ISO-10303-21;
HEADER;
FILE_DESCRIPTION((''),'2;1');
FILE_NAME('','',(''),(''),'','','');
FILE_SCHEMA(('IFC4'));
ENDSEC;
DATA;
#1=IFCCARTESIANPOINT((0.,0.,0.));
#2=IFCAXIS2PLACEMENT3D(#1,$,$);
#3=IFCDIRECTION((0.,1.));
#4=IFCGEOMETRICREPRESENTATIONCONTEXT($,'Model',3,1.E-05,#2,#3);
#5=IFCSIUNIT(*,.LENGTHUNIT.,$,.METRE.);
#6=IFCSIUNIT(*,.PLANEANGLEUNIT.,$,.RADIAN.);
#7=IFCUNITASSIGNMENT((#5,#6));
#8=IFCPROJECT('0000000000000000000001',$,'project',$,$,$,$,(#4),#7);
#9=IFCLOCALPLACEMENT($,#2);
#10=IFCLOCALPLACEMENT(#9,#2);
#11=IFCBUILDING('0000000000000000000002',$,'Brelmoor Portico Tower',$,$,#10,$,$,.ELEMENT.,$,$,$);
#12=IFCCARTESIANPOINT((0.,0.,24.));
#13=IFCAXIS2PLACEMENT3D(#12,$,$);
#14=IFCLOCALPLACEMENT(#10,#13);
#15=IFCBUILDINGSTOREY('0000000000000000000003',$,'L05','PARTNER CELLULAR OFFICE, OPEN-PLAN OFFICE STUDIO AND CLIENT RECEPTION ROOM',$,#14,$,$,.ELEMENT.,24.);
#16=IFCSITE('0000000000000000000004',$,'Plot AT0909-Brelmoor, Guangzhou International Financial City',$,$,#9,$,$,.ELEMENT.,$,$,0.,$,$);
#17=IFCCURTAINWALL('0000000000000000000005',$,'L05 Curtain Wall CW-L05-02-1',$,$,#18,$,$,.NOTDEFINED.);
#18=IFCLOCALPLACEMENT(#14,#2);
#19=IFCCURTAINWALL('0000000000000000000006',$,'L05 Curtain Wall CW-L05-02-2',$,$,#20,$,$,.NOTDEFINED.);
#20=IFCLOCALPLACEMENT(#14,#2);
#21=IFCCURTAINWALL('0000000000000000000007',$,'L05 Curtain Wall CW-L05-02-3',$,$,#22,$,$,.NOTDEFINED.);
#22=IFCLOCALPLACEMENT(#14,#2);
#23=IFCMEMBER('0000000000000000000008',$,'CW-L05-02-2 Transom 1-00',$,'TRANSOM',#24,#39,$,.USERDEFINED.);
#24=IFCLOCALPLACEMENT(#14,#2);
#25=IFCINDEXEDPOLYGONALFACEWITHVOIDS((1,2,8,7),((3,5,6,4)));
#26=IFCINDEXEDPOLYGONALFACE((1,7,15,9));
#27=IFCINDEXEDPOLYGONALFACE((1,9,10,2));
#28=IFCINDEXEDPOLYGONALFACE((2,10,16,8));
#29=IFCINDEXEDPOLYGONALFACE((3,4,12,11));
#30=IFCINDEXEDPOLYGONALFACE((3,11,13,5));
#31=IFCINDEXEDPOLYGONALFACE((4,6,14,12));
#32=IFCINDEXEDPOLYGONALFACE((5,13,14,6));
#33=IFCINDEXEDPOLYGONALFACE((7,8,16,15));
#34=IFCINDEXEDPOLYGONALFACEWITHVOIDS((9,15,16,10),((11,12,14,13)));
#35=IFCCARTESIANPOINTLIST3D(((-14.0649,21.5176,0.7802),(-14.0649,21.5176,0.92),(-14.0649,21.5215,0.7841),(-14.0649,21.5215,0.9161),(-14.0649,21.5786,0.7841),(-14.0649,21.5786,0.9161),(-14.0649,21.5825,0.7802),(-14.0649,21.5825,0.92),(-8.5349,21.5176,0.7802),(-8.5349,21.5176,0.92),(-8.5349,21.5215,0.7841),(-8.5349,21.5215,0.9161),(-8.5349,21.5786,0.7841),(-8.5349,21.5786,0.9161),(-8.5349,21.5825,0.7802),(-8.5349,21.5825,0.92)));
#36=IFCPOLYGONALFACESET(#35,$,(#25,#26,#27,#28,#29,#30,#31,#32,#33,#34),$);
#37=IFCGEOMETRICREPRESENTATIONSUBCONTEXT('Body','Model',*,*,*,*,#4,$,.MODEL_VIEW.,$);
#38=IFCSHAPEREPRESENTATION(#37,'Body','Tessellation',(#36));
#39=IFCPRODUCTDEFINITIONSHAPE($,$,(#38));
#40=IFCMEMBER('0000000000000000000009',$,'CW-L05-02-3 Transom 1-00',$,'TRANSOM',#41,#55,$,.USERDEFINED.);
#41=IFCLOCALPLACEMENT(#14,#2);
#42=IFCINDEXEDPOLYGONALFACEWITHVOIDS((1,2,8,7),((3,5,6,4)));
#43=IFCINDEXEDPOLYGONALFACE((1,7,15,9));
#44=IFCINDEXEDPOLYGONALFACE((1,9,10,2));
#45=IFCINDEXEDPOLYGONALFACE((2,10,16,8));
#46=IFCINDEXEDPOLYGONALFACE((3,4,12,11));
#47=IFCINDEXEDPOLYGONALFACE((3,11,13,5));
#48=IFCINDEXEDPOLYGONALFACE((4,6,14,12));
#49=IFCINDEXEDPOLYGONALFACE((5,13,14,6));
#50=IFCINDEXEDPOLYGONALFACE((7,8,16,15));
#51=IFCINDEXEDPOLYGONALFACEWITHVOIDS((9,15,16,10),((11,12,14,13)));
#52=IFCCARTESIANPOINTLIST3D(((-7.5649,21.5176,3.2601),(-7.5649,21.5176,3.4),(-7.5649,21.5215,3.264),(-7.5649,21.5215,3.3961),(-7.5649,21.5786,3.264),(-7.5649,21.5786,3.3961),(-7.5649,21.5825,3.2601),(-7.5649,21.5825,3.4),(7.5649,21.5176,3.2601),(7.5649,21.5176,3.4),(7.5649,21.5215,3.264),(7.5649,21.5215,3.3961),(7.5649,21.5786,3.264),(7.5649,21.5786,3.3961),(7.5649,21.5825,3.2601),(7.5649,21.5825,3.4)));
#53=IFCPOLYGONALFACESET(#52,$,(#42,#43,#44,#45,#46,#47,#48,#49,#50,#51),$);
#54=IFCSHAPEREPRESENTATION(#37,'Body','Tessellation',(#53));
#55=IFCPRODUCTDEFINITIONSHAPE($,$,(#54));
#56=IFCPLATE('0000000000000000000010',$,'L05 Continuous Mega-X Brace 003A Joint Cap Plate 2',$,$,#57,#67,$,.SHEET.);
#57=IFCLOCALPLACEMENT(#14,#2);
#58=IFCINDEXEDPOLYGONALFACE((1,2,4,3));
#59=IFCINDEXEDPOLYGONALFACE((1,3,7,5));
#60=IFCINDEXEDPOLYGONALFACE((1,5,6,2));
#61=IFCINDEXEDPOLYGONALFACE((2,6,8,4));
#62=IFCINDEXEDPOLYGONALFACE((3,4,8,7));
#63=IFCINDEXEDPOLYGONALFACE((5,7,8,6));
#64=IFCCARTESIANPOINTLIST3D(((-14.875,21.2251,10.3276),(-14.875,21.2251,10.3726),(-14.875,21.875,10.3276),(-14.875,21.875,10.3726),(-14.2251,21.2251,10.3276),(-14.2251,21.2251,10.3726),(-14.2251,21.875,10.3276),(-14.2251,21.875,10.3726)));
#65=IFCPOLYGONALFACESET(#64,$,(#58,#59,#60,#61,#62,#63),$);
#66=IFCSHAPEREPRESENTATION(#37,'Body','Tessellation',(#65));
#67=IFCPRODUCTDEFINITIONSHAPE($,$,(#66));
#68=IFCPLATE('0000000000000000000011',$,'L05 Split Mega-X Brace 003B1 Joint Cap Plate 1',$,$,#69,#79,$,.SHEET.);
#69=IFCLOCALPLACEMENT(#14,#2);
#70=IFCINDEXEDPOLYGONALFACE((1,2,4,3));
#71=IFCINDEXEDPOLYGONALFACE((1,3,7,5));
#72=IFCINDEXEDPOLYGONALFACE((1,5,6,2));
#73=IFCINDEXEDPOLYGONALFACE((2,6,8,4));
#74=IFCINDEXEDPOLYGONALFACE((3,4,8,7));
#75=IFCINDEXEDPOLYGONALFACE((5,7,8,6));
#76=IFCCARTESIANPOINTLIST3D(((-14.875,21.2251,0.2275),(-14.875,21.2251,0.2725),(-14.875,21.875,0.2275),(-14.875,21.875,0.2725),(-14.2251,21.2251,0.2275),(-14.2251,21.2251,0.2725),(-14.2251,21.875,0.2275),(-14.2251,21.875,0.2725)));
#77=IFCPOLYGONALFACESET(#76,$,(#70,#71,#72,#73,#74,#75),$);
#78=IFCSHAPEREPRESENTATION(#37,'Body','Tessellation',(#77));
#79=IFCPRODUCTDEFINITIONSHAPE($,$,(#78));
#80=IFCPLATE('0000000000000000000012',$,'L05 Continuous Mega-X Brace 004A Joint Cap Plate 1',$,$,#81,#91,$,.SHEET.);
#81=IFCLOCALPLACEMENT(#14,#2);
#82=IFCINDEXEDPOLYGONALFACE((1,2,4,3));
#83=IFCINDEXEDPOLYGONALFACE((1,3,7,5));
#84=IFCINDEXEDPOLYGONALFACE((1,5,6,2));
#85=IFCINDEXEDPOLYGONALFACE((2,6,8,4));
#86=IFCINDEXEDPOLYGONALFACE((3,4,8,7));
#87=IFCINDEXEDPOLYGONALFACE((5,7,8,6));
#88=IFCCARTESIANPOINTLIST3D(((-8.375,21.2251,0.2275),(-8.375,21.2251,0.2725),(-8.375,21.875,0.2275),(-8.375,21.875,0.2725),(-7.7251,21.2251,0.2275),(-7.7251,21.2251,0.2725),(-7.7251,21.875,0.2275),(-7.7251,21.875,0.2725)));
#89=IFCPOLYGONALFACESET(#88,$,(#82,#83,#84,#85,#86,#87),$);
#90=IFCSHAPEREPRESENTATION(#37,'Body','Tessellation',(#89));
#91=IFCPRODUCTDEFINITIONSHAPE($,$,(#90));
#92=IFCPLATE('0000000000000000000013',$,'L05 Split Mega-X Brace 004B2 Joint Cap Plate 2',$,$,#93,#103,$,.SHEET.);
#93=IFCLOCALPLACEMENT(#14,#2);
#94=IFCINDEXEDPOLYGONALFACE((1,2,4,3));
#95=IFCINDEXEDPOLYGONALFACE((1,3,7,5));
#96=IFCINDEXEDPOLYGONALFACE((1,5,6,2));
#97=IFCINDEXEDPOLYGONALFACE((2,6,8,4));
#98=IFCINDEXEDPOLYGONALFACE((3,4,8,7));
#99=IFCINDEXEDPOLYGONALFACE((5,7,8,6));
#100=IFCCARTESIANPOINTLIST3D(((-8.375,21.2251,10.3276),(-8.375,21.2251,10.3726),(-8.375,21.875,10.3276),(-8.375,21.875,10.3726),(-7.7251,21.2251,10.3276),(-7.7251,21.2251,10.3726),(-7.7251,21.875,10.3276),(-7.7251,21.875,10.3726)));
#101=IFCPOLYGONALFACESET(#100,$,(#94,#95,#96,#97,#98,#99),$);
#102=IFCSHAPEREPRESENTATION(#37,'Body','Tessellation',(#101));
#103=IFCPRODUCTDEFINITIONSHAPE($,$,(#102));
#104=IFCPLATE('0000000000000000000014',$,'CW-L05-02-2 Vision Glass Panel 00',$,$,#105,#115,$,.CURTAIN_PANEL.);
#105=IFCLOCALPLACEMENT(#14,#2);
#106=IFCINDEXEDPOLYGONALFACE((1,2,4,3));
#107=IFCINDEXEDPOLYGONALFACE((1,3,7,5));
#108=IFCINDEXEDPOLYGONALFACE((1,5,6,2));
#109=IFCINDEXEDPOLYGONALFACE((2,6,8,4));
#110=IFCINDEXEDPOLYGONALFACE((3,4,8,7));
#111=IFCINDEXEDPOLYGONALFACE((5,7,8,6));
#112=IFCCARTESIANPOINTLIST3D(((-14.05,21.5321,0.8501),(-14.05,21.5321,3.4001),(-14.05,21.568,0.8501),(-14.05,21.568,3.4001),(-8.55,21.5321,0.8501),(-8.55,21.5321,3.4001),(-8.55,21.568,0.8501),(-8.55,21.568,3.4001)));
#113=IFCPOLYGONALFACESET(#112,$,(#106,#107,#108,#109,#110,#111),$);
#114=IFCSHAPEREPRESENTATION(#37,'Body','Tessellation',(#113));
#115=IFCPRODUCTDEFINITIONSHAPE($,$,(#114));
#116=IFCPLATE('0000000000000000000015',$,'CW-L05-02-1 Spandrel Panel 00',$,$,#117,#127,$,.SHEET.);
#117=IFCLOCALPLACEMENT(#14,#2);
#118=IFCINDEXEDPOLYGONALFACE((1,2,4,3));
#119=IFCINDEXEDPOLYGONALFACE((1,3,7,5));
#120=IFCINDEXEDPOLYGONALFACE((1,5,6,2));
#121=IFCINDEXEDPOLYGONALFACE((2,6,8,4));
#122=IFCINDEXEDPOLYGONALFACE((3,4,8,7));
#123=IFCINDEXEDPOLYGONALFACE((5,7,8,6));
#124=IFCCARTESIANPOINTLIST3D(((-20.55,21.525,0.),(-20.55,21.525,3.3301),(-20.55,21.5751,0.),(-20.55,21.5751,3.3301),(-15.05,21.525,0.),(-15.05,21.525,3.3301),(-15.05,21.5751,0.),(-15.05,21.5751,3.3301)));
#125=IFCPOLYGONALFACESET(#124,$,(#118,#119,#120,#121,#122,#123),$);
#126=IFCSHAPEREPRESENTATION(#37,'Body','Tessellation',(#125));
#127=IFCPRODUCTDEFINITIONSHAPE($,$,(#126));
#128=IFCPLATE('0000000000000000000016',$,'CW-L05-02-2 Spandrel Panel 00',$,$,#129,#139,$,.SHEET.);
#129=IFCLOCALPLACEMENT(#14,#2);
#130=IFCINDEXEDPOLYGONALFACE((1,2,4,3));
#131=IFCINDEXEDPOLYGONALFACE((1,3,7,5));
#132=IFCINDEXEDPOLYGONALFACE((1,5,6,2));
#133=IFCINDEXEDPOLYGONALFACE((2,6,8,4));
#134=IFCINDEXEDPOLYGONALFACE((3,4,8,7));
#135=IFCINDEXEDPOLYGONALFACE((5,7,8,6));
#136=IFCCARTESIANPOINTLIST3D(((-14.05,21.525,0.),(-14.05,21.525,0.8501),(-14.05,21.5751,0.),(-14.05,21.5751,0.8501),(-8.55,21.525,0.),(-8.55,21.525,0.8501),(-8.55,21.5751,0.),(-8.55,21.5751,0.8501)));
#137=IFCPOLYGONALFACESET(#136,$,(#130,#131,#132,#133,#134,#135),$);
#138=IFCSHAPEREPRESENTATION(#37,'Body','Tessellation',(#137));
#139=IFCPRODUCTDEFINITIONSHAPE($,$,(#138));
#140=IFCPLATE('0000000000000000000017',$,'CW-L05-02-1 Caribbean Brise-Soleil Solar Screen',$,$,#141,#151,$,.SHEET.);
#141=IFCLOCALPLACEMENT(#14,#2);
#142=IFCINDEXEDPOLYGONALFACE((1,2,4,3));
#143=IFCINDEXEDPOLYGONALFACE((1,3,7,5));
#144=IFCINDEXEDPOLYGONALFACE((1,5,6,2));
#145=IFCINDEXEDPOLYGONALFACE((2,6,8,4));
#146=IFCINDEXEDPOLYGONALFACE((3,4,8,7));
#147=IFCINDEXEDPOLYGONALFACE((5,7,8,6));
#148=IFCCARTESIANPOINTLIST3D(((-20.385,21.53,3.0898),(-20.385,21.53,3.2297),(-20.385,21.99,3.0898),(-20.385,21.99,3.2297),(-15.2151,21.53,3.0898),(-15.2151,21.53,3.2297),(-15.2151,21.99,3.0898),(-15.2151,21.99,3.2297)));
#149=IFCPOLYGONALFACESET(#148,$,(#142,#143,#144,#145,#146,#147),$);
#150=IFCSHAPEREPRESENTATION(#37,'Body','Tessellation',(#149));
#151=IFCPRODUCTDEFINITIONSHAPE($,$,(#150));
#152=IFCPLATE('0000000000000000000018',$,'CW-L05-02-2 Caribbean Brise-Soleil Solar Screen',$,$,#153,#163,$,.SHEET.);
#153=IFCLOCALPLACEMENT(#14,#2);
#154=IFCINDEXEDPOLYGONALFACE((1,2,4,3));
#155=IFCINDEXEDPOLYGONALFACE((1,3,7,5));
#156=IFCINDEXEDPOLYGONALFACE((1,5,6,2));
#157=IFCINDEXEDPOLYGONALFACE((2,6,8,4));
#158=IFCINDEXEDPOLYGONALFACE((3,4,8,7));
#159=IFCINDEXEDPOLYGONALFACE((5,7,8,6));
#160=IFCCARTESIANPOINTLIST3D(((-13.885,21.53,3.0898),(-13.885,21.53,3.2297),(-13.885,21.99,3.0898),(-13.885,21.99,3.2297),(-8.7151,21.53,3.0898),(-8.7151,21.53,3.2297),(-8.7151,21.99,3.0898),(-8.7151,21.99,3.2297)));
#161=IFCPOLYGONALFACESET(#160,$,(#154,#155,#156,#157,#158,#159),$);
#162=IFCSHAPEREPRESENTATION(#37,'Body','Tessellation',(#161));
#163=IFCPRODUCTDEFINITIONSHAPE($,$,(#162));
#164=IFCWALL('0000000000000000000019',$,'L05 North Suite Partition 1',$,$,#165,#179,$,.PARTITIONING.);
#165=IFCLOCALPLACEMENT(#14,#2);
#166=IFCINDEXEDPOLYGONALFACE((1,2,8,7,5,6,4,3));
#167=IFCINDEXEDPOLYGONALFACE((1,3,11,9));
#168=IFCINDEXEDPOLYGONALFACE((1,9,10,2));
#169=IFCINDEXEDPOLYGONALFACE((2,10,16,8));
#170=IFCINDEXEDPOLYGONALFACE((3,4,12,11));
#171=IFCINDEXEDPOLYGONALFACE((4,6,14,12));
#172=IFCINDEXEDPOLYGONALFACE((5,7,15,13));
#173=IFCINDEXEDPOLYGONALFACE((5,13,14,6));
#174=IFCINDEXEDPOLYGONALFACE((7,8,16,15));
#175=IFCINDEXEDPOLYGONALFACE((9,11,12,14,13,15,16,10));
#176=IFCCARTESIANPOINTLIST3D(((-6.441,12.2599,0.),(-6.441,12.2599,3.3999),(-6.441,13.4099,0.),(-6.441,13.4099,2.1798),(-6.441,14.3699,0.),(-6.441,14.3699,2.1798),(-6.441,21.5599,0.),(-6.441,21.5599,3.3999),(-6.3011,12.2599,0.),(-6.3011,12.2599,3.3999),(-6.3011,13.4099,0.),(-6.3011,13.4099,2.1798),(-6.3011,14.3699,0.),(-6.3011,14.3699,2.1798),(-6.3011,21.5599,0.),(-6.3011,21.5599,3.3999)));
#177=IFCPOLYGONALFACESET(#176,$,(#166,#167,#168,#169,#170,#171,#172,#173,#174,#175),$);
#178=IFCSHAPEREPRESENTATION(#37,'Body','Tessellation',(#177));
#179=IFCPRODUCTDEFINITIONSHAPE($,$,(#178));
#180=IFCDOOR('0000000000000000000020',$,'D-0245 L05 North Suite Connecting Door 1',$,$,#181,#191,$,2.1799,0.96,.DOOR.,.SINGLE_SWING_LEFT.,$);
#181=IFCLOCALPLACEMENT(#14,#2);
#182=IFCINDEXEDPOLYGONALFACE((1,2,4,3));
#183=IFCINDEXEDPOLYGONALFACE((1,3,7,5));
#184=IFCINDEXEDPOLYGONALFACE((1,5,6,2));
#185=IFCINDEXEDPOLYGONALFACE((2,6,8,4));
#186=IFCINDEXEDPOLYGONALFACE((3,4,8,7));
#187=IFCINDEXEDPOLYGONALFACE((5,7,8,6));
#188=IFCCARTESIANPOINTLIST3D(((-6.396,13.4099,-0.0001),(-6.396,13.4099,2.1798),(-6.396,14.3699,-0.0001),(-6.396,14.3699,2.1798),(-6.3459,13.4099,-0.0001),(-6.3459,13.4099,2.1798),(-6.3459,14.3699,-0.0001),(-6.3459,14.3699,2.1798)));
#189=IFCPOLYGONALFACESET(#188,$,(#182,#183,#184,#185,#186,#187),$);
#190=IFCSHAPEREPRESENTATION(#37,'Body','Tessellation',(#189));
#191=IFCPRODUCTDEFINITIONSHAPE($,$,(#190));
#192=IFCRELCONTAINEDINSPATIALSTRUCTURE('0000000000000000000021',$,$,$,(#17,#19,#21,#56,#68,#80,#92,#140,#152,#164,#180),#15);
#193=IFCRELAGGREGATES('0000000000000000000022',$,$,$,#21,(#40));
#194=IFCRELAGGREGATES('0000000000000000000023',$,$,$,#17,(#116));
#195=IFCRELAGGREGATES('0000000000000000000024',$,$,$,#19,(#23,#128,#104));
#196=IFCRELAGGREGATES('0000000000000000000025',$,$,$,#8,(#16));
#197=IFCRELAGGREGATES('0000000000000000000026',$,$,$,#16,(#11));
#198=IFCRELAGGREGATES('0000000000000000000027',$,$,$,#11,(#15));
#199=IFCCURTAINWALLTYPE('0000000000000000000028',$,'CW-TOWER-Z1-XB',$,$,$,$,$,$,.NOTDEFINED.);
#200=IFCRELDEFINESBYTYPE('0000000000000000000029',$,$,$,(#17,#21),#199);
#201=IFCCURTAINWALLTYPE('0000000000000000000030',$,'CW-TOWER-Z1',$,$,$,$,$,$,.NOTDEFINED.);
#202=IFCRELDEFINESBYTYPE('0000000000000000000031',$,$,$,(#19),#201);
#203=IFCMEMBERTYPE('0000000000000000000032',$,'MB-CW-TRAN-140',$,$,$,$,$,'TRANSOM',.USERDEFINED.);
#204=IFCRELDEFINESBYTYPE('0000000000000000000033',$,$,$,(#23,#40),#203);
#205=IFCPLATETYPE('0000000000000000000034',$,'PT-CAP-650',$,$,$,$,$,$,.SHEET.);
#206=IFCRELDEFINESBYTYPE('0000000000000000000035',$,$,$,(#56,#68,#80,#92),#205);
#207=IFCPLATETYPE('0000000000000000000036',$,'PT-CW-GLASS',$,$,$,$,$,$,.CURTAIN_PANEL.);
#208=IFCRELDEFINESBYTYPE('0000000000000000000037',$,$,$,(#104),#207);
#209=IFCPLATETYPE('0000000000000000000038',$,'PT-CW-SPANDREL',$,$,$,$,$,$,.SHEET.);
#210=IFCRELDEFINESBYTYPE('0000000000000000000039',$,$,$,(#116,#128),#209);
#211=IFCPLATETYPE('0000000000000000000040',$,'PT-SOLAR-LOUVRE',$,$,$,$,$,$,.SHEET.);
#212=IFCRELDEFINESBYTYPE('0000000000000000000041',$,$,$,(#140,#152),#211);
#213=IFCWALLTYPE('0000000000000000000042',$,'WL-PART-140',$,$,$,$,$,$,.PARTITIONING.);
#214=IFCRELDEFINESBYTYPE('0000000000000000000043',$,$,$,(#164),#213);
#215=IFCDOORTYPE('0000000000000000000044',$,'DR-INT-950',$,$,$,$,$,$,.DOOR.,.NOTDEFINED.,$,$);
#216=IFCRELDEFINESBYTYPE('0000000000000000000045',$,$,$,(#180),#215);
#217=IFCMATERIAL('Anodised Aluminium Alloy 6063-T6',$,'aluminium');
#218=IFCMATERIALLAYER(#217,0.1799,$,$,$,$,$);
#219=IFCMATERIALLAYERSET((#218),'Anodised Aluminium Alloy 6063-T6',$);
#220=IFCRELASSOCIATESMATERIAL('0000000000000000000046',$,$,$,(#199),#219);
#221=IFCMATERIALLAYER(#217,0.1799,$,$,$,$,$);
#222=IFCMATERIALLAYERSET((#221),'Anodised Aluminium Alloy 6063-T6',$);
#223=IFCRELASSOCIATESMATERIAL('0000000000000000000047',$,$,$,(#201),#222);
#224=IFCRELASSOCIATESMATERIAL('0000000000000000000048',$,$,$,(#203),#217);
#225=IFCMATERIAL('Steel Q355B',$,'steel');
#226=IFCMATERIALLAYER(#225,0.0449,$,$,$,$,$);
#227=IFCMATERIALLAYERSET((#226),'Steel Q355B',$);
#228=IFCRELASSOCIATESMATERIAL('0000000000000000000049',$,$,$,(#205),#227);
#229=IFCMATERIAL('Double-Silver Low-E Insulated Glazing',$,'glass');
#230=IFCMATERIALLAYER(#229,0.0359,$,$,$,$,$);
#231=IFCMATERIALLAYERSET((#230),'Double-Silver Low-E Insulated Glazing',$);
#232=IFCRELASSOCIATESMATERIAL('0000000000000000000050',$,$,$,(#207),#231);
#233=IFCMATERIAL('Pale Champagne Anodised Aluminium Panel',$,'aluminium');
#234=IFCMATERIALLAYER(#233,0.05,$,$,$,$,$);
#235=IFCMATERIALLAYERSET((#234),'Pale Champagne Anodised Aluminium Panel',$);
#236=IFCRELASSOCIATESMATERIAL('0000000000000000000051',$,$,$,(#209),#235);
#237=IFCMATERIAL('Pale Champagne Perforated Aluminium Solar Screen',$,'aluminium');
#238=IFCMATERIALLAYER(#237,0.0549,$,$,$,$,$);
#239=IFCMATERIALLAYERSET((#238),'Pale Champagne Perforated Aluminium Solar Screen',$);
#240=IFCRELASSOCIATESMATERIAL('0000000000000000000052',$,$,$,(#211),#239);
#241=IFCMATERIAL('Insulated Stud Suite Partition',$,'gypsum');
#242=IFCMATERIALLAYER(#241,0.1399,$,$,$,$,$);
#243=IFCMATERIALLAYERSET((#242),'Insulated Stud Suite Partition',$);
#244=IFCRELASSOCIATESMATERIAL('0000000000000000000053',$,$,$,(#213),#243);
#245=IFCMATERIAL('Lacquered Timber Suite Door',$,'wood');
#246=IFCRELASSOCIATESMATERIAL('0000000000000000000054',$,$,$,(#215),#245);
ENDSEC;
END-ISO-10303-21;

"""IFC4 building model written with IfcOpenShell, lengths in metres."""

from ifc_helpers import new_model, si_unit, direction, frame, frame_2d, origin, origin_2d, place, context, subcontext, project, spatial, rectangle, hollow_rectangle, extrude, material, layer, layer_set, material_profile, profile_set, type_object, element, fill, aggregate, save


model = new_model("IFC4")

# Units and contexts
model_context = context("Model", 3, precision=1e-05, world=origin(), true_north=direction((0.0, 1.0)))
body_context = subcontext(model_context, "Body", "Model", "MODEL_VIEW")
ifc_project = project(units=[si_unit("LENGTHUNIT", "METRE"), si_unit("PLANEANGLEUNIT", "RADIAN")], contexts=[model_context])

# Site, building, storey
site_placement = place(None, origin())
site = spatial("IfcSite", under=ifc_project, at=site_placement, Name="Plot AT0909-Brelmoor, Guangzhou International Financial City", CompositionType="ELEMENT", RefElevation=0.0)
building_placement = place(site_placement, origin())
building = spatial("IfcBuilding", under=site, at=building_placement, Name="Brelmoor Portico Tower", CompositionType="ELEMENT")
storey_placement = place(building_placement, frame((0.0, 0.0, 24.0)))
storey = spatial("IfcBuildingStorey", under=building, at=storey_placement, Name="L05", Description="PARTNER CELLULAR OFFICE, OPEN-PLAN OFFICE STUDIO AND CLIENT RECEPTION ROOM", CompositionType="ELEMENT", Elevation=24.0)

# Shared definitions
ifc_material_1 = material(Name="Steel Q355B", Category="steel")

# Curtain wall
ifc_material_2 = material(Name="Anodised Aluminium Alloy 6063-T6", Category="aluminium")
ifc_layer_1 = layer(ifc_material_2, 0.1799)
ifc_layer_set_1 = layer_set([ifc_layer_1], Name="Anodised Aluminium Alloy 6063-T6")
curtain_wall_type_1 = type_object("IfcCurtainWallType", Name="CW-TOWER-Z1-XB", PredefinedType="NOTDEFINED", material=ifc_layer_set_1)
curtain_wall_1_placement = place(storey_placement, origin())
curtain_wall_1 = element("IfcCurtainWall", 1, at=curtain_wall_1_placement, inside=storey, type_object=curtain_wall_type_1, Name="L05 Curtain Wall CW-L05-02-1", PredefinedType="NOTDEFINED")

# Curtain wall
ifc_layer_2 = layer(ifc_material_2, 0.1799)
ifc_layer_set_2 = layer_set([ifc_layer_2], Name="Anodised Aluminium Alloy 6063-T6")
curtain_wall_type_2 = type_object("IfcCurtainWallType", Name="CW-TOWER-Z1", PredefinedType="NOTDEFINED", material=ifc_layer_set_2)
curtain_wall_2_placement = place(storey_placement, origin())
curtain_wall_2 = element("IfcCurtainWall", 2, at=curtain_wall_2_placement, inside=storey, type_object=curtain_wall_type_2, Name="L05 Curtain Wall CW-L05-02-2", PredefinedType="NOTDEFINED")

# Curtain wall
curtain_wall_3_placement = place(storey_placement, origin())
curtain_wall_3 = element("IfcCurtainWall", 3, at=curtain_wall_3_placement, inside=storey, type_object=curtain_wall_type_1, Name="L05 Curtain Wall CW-L05-02-3", PredefinedType="NOTDEFINED")

# Members
ifc_material_profile_1 = material_profile(ifc_material_2, hollow_rectangle(XDim=0.0649, YDim=0.1399, WallThickness=0.0039, at=origin_2d()), Name="ALU TRANSOM 65x140")
ifc_profile_set_1 = profile_set([ifc_material_profile_1], Name="Anodised Aluminium Alloy 6063-T6")
member_type_1 = type_object("IfcMemberType", Name="MB-CW-TRAN-140", ElementType="TRANSOM", PredefinedType="USERDEFINED", material=ifc_profile_set_1)
member_1_placement = place(storey_placement, frame((-14.0649, 21.55, 0.8501), z_axis=(1.0, 0.0, 0.0), x_axis=(0.0, 1.0, 0.0)))
member_1 = element("IfcMember", 4, at=member_1_placement, type_object=member_type_1, Name="CW-L05-02-2 Transom 1-00", ObjectType="TRANSOM", PredefinedType="USERDEFINED", context=body_context, shape_type="SweptSolid", body=[
    extrude(hollow_rectangle(XDim=0.0649, YDim=0.1399, WallThickness=0.0039, at=origin_2d()), origin(), (0.0, 0.0, 1.0), 5.53),
])
member_2_placement = place(storey_placement, frame((-7.5649, 21.55, 3.3301), z_axis=(1.0, 0.0, 0.0), x_axis=(0.0, 1.0, 0.0)))
member_2 = element("IfcMember", 5, at=member_2_placement, type_object=member_type_1, Name="CW-L05-02-3 Transom 1-00", ObjectType="TRANSOM", PredefinedType="USERDEFINED", context=body_context, shape_type="SweptSolid", body=[
    extrude(hollow_rectangle(XDim=0.0649, YDim=0.1399, WallThickness=0.0039, at=origin_2d()), origin(), (0.0, 0.0, 1.0), 15.1299),
])
aggregate(curtain_wall_3, [member_2])

# Plates
ifc_layer_3 = layer(ifc_material_1, 0.0449)
ifc_layer_set_3 = layer_set([ifc_layer_3], Name="Steel Q355B")
plate_type_1 = type_object("IfcPlateType", Name="PT-CAP-650", PredefinedType="SHEET", material=ifc_layer_set_3)
for number, where, z_axis, x_axis, name in (
    (6, (-14.55, 21.55, 10.3276), (0.0, 0.0, 1.0), (1.0, 0.0, 0.0), "L05 Continuous Mega-X Brace 003A Joint Cap Plate 2"),
    (7, (-14.55, 21.55, 0.2275), (0.0, 0.0, 1.0), (1.0, 0.0, 0.0), "L05 Split Mega-X Brace 003B1 Joint Cap Plate 1"),
    (8, (-8.05, 21.55, 0.2275), (0.0, 0.0, 1.0), (1.0, 0.0, 0.0), "L05 Continuous Mega-X Brace 004A Joint Cap Plate 1"),
    (9, (-8.05, 21.55, 10.3276), (0.0, 0.0, 1.0), (1.0, 0.0, 0.0), "L05 Split Mega-X Brace 004B2 Joint Cap Plate 2"),
):
    element("IfcPlate", number, at=place(storey_placement, frame(where, z_axis=z_axis, x_axis=x_axis)), inside=storey, type_object=plate_type_1, Name=name, PredefinedType="SHEET", context=body_context, shape_type="SweptSolid", body=[
        extrude(rectangle(XDim=0.6499, YDim=0.6499, at=origin_2d()), origin(), (0.0, 0.0, 1.0), 0.0449),
    ])

# Plates
ifc_material_3 = material(Name="Double-Silver Low-E Insulated Glazing", Category="glass")
ifc_layer_4 = layer(ifc_material_3, 0.0359)
ifc_layer_set_4 = layer_set([ifc_layer_4], Name="Double-Silver Low-E Insulated Glazing")
plate_type_2 = type_object("IfcPlateType", Name="PT-CW-GLASS", PredefinedType="CURTAIN_PANEL", material=ifc_layer_set_4)
plate_1_placement = place(storey_placement, frame((-11.3, 21.55, 0.8501), z_axis=(0.0, 0.0, 1.0), x_axis=(1.0, 0.0, 0.0)))
plate_1 = element("IfcPlate", 10, at=plate_1_placement, type_object=plate_type_2, Name="CW-L05-02-2 Vision Glass Panel 00", PredefinedType="CURTAIN_PANEL", context=body_context, shape_type="SweptSolid", body=[
    extrude(rectangle(XDim=5.5, YDim=0.0359, at=origin_2d()), origin(), (0.0, 0.0, 1.0), 2.55),
])
ifc_material_4 = material(Name="Pale Champagne Anodised Aluminium Panel", Category="aluminium")
ifc_layer_5 = layer(ifc_material_4, 0.05)
ifc_layer_set_5 = layer_set([ifc_layer_5], Name="Pale Champagne Anodised Aluminium Panel")
plate_type_3 = type_object("IfcPlateType", Name="PT-CW-SPANDREL", PredefinedType="SHEET", material=ifc_layer_set_5)
plate_2_placement = place(storey_placement, frame((-17.8, 21.55, 0.0), z_axis=(0.0, 0.0, 1.0), x_axis=(1.0, 0.0, 0.0)))
plate_2 = element("IfcPlate", 11, at=plate_2_placement, type_object=plate_type_3, Name="CW-L05-02-1 Spandrel Panel 00", PredefinedType="SHEET", context=body_context, shape_type="SweptSolid", body=[
    extrude(rectangle(XDim=5.5, YDim=0.05, at=origin_2d()), origin(), (0.0, 0.0, 1.0), 3.3301),
])
aggregate(curtain_wall_1, [plate_2])
plate_3_placement = place(storey_placement, frame((-11.3, 21.55, 0.0), z_axis=(0.0, 0.0, 1.0), x_axis=(1.0, 0.0, 0.0)))
plate_3 = element("IfcPlate", 12, at=plate_3_placement, type_object=plate_type_3, Name="CW-L05-02-2 Spandrel Panel 00", PredefinedType="SHEET", context=body_context, shape_type="SweptSolid", body=[
    extrude(rectangle(XDim=5.5, YDim=0.05, at=origin_2d()), origin(), (0.0, 0.0, 1.0), 0.8501),
])
aggregate(curtain_wall_2, [member_1, plate_3, plate_1])

# Plates
ifc_material_5 = material(Name="Pale Champagne Perforated Aluminium Solar Screen", Category="aluminium")
ifc_layer_6 = layer(ifc_material_5, 0.0549)
ifc_layer_set_6 = layer_set([ifc_layer_6], Name="Pale Champagne Perforated Aluminium Solar Screen")
plate_type_4 = type_object("IfcPlateType", Name="PT-SOLAR-LOUVRE", PredefinedType="SHEET", material=ifc_layer_set_6)
for number, where, z_axis, x_axis, name in (
    (13, (-17.8, 21.76, 3.0898), (0.0, 0.0, 1.0), (1.0, 0.0, 0.0), "CW-L05-02-1 Caribbean Brise-Soleil Solar Screen"),
    (14, (-11.3, 21.76, 3.0898), (0.0, 0.0, 1.0), (1.0, 0.0, 0.0), "CW-L05-02-2 Caribbean Brise-Soleil Solar Screen"),
):
    element("IfcPlate", number, at=place(storey_placement, frame(where, z_axis=z_axis, x_axis=x_axis)), inside=storey, type_object=plate_type_4, Name=name, PredefinedType="SHEET", context=body_context, shape_type="SweptSolid", body=[
        extrude(rectangle(XDim=5.1699, YDim=0.46, at=origin_2d()), origin(), (0.0, 0.0, 1.0), 0.1399),
    ])

# Wall, opening, door
ifc_material_6 = material(Name="Insulated Stud Suite Partition", Category="gypsum")
ifc_layer_7 = layer(ifc_material_6, 0.1399)
ifc_layer_set_7 = layer_set([ifc_layer_7], Name="Insulated Stud Suite Partition")
wall_type_1 = type_object("IfcWallType", Name="WL-PART-140", PredefinedType="PARTITIONING", material=ifc_layer_set_7)
wall_1_placement = place(storey_placement, frame((-6.3711, 12.26, 0.0), z_axis=(0.0, 0.0, 1.0), x_axis=(0.0, 1.0, 0.0)))
wall_1 = element("IfcWall", 15, at=wall_1_placement, inside=storey, type_object=wall_type_1, Name="L05 North Suite Partition 1", PredefinedType="PARTITIONING", context=body_context, shape_type="SweptSolid", body=[
    extrude(rectangle(XDim=9.3, YDim=0.1399, at=frame_2d((4.6499, 0.0))), origin(), (0.0, 0.0, 1.0), 3.3999),
])
opening_placement = place(wall_1_placement, frame((1.1499, 0.0, 0.0)))
opening = element("IfcOpeningElement", 16, at=opening_placement, cuts=wall_1, PredefinedType="OPENING", context=body_context, shape_type="SweptSolid", body=[
    extrude(rectangle(XDim=0.96, YDim=2.1799, at=frame_2d((0.48, 1.0898))), frame((0.0, 0.0798, 0.0), z_axis=(0.0, -1.0, 0.0), x_axis=(1.0, 0.0, 0.0)), (0.0, 0.0, 1.0), 0.1599),
])
ifc_material_7 = material(Name="Lacquered Timber Suite Door", Category="wood")
door_type = type_object("IfcDoorType", Name="DR-INT-950", OperationType="NOTDEFINED", PredefinedType="DOOR", material=ifc_material_7)
door_placement = place(opening_placement, origin())
door = element("IfcDoor", 17, at=door_placement, inside=storey, type_object=door_type, Name="D-0245 L05 North Suite Connecting Door 1", OperationType="SINGLE_SWING_LEFT", OverallHeight=2.1799, OverallWidth=0.96, PredefinedType="DOOR", context=body_context, shape_type="SweptSolid", body=[
    extrude(rectangle(XDim=0.96, YDim=2.1799, at=frame_2d((0.48, 1.0898))), frame((0.0, 0.0249, 0.0), z_axis=(0.0, -1.0, 0.0), x_axis=(1.0, 0.0, 0.0)), (0.0, 0.0, 1.0), 0.05),
])
fill(opening, door)

save(model, "model.ifc")
